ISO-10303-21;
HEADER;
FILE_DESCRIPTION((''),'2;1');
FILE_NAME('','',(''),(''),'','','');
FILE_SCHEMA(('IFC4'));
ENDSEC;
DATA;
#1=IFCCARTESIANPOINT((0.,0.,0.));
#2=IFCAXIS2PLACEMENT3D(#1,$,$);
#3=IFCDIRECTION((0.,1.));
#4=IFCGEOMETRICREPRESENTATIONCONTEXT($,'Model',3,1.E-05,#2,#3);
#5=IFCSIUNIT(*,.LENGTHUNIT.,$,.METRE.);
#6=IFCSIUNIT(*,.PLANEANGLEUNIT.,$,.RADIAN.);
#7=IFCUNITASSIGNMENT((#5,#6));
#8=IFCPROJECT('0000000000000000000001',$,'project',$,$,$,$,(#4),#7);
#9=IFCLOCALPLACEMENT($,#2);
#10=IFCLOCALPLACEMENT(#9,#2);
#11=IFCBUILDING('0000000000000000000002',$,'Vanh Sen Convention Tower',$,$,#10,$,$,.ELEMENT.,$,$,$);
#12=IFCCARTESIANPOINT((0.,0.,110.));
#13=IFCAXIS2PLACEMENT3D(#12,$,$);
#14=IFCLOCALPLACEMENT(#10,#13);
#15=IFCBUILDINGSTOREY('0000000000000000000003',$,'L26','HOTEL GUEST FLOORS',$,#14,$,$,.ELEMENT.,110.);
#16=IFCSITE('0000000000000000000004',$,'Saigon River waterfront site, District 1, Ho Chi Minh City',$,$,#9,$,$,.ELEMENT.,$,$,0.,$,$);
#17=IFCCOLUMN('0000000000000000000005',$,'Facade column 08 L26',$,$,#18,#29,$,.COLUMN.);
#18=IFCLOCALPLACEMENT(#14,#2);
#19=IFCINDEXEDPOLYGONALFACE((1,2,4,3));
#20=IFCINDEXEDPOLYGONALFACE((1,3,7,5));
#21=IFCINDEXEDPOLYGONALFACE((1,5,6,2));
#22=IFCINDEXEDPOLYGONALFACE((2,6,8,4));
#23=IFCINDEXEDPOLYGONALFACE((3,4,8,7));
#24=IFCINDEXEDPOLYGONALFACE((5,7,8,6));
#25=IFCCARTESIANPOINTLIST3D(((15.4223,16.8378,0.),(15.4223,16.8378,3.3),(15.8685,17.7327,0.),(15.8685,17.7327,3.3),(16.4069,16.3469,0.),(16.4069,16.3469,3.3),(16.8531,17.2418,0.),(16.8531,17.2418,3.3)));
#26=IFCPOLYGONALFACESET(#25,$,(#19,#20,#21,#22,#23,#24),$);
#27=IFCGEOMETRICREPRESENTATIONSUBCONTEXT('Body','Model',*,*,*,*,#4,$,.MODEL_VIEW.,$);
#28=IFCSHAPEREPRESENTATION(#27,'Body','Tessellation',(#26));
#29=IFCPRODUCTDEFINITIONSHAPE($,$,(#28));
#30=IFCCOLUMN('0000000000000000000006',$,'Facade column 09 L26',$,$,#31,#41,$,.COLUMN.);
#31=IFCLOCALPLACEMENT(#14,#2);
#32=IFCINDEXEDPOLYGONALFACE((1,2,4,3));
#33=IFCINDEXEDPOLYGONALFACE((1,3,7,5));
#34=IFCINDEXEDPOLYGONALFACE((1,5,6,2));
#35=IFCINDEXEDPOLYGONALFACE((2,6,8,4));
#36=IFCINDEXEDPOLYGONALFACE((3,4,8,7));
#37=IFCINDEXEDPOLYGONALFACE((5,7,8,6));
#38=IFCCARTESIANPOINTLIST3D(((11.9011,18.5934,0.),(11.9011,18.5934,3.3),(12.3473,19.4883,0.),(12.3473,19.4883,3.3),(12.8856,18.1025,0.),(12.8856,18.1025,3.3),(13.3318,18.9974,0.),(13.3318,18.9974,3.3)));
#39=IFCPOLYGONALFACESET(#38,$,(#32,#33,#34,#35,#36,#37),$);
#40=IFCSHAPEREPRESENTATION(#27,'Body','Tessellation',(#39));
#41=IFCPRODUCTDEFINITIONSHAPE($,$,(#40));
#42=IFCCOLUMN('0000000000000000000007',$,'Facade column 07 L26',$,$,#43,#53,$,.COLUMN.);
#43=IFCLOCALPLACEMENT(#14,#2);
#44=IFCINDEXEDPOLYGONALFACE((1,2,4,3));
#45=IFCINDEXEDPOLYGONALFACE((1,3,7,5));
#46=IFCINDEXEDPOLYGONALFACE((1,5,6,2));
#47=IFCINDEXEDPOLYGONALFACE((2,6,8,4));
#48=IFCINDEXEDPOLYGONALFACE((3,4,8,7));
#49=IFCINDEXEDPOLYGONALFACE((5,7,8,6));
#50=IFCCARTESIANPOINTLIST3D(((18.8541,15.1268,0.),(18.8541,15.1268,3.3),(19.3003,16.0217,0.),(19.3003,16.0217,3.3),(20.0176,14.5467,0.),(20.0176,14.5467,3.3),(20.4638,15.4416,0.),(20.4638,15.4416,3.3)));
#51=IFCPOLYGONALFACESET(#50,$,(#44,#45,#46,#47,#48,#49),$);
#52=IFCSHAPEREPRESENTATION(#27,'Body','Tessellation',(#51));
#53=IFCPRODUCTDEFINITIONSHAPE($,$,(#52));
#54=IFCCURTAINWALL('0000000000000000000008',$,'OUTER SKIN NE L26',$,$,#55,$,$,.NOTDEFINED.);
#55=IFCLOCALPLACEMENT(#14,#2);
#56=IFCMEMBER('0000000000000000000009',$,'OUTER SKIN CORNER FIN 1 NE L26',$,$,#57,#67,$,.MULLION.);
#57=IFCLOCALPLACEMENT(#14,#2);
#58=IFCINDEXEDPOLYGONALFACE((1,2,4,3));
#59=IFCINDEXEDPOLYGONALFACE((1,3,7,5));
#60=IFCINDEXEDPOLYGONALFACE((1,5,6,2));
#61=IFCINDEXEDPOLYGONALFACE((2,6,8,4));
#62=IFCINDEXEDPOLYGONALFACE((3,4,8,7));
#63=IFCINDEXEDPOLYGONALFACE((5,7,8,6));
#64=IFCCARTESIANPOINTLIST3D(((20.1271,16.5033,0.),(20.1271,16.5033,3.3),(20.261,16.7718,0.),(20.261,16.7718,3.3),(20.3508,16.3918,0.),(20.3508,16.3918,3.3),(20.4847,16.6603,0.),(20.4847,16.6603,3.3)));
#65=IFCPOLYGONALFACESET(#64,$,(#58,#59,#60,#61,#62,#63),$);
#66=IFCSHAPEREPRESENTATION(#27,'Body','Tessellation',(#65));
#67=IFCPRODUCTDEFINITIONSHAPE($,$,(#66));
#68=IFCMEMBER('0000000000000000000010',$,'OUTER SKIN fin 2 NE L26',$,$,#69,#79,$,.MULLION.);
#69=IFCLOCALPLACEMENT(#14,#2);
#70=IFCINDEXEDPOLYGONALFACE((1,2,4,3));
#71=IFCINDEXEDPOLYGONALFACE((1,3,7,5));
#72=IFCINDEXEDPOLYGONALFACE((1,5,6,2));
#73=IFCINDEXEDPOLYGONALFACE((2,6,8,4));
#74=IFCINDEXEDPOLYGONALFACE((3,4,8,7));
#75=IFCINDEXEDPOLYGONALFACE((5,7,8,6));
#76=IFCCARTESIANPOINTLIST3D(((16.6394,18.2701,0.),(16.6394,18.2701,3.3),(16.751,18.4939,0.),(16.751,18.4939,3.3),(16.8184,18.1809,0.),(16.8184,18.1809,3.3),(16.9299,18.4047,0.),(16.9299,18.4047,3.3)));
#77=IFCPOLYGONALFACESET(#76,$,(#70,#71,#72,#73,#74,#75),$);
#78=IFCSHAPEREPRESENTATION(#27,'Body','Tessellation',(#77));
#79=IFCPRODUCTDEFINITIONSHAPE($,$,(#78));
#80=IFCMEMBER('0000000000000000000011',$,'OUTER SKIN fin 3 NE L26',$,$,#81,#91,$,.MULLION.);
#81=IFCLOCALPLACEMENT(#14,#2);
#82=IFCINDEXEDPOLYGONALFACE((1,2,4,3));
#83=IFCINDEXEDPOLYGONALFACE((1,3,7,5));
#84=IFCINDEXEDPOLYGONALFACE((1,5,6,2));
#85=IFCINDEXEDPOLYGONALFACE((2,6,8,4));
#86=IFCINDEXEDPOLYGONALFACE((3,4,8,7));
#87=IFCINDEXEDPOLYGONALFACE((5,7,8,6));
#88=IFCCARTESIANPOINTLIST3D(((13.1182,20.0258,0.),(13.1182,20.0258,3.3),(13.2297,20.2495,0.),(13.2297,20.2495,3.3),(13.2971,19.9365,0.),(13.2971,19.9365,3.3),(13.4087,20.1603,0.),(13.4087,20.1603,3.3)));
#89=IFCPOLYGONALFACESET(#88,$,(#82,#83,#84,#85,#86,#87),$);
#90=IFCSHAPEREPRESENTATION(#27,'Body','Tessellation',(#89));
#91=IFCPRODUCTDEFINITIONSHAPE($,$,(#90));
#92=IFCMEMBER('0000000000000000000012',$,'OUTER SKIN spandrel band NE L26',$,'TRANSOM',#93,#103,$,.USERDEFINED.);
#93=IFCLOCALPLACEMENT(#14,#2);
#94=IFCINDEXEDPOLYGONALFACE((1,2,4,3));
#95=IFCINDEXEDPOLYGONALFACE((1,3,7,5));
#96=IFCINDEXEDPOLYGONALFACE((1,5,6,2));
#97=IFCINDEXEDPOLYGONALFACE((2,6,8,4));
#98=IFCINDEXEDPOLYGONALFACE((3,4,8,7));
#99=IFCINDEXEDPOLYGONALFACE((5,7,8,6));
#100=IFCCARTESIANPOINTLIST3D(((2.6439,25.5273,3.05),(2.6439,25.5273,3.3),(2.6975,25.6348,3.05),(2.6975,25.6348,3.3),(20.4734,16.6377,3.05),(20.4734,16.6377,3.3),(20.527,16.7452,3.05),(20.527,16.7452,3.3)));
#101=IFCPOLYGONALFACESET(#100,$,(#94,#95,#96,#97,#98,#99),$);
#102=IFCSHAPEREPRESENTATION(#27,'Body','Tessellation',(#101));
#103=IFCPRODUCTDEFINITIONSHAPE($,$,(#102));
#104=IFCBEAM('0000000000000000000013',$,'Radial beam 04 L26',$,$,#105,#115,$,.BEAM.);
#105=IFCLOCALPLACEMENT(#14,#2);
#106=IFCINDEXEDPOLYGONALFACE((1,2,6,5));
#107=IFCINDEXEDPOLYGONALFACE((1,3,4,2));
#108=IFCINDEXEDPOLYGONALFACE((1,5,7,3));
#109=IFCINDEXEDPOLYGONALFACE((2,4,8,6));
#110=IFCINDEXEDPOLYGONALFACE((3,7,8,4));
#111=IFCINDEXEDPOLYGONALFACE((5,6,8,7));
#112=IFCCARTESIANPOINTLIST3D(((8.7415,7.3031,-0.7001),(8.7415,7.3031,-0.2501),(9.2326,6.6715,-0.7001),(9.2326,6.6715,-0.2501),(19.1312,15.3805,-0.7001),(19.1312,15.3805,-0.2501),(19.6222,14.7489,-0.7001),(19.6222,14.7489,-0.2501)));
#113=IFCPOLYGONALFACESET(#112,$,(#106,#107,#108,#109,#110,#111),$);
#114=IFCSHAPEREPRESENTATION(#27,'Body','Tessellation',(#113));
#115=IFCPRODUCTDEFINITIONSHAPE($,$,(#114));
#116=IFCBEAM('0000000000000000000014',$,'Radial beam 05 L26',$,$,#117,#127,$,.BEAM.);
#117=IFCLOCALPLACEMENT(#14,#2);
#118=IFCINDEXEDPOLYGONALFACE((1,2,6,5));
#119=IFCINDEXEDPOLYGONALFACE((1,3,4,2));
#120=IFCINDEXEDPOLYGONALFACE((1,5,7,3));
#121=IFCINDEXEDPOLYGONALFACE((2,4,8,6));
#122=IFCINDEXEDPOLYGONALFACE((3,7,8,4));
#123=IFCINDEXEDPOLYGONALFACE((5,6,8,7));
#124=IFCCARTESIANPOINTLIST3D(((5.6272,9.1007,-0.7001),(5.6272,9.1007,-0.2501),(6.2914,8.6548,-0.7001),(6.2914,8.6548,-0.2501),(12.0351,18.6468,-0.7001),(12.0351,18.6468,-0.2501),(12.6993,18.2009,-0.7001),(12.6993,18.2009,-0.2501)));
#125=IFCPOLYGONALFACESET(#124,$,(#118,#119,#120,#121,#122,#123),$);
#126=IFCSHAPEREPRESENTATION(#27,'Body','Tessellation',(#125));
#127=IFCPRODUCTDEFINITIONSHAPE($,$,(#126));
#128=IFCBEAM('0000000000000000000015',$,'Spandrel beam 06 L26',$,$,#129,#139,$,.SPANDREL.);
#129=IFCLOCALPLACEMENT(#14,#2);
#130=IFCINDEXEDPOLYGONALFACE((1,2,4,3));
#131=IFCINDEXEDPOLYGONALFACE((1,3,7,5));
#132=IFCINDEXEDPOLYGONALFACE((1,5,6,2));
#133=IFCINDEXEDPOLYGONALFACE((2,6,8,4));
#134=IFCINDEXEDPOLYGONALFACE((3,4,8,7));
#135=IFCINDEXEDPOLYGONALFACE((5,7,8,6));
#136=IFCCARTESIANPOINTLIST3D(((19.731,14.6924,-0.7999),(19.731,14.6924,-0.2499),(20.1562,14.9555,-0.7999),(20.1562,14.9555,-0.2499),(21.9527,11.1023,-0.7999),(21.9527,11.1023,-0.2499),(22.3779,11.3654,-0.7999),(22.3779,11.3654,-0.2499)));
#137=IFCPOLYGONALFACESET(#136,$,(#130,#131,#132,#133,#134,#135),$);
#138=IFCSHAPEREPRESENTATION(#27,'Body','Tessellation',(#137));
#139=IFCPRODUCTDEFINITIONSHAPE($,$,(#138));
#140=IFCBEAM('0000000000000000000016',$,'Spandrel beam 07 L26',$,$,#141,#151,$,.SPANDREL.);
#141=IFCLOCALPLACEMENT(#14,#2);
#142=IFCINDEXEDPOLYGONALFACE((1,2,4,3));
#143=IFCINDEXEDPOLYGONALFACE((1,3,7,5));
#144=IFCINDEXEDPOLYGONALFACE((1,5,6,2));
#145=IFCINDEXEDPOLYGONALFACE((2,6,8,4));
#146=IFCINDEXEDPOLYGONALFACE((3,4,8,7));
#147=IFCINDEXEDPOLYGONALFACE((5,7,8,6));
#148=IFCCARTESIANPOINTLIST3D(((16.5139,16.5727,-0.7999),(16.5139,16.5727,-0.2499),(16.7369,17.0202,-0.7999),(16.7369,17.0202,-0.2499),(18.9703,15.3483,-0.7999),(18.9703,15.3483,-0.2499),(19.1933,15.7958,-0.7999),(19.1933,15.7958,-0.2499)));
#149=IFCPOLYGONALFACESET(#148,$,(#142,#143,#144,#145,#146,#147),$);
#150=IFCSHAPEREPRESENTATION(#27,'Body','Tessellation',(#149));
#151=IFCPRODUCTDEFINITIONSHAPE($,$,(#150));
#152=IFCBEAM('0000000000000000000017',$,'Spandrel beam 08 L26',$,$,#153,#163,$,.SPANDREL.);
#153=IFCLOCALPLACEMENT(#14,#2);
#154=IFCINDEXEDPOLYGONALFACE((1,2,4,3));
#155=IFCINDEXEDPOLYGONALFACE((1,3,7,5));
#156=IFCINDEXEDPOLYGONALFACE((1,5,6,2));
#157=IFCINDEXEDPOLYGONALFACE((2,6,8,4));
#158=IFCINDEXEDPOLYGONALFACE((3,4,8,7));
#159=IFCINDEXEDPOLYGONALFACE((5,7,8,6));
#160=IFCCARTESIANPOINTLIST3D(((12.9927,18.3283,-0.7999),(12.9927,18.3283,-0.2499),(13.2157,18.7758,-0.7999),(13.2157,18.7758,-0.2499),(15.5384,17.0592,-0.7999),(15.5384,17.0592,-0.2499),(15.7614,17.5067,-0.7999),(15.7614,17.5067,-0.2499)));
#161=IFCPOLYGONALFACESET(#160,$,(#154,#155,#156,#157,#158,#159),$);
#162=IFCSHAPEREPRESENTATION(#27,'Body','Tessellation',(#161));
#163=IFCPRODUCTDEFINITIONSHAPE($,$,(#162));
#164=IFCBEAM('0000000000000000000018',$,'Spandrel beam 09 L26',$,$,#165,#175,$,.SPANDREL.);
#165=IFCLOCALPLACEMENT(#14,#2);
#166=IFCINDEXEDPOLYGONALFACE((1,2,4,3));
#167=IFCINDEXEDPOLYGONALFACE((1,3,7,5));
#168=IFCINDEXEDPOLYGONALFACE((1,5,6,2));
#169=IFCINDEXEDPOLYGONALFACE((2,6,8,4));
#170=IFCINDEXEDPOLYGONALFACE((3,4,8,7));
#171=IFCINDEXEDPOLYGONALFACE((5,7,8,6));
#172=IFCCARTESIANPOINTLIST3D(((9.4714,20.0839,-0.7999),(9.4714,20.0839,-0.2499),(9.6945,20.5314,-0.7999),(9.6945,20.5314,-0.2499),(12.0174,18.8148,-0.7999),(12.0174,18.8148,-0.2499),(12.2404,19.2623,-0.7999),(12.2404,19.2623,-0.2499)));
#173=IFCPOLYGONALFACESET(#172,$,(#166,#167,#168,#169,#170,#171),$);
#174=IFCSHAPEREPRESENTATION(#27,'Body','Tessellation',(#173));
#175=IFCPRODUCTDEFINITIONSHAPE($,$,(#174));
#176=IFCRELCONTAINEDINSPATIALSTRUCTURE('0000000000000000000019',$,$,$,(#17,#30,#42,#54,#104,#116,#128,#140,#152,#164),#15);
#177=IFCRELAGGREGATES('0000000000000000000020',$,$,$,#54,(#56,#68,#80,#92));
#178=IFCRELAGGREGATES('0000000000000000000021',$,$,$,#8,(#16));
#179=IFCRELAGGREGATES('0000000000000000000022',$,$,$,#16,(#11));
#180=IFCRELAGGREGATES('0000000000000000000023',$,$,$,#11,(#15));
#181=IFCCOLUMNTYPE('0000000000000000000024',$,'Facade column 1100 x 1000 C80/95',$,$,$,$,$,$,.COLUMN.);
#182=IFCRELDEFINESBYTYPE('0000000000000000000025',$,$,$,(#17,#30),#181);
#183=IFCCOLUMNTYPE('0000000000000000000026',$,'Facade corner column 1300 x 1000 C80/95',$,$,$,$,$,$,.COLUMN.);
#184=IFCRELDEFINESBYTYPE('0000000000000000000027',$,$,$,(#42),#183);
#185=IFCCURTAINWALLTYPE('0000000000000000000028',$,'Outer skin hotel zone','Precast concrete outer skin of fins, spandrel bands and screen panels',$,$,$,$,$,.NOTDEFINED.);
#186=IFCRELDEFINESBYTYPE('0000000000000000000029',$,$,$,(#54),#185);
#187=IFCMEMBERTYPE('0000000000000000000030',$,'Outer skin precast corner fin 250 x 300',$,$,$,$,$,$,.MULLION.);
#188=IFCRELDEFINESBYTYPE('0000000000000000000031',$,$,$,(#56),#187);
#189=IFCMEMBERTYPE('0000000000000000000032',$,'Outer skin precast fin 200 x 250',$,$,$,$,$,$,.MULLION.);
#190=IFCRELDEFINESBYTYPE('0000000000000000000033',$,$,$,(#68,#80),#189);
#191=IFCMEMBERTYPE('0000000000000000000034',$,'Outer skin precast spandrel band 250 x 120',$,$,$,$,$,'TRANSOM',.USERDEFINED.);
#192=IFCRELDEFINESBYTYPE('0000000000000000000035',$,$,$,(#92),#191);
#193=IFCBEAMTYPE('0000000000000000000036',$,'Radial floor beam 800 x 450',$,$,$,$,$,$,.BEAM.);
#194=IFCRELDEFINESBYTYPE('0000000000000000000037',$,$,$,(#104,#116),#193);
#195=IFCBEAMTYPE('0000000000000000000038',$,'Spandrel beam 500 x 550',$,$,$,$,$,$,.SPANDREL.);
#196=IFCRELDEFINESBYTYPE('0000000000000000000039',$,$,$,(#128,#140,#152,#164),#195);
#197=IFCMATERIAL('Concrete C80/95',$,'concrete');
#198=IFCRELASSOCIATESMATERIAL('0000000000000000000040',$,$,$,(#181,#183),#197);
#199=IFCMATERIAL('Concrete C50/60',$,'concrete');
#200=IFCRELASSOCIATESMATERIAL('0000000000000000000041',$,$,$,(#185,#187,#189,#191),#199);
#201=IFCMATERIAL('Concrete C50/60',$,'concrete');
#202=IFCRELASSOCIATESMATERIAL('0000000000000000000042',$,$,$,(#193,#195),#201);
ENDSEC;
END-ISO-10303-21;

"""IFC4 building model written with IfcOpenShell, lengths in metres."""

from ifc_helpers import new_model, si_unit, direction, frame, origin, origin_2d, place, context, subcontext, project, spatial, rectangle, extrude, material, material_profile, profile_set, type_object, element, aggregate, save


model = new_model("IFC4")

# Units and contexts
model_context = context("Model", 3, precision=1e-05, world=origin(), true_north=direction((0.0, 1.0)))
body_context = subcontext(model_context, "Body", "Model", "MODEL_VIEW")
ifc_project = project(units=[si_unit("LENGTHUNIT", "METRE"), si_unit("PLANEANGLEUNIT", "RADIAN")], contexts=[model_context])

# Site, building, storey
site_placement = place(None, origin())
site = spatial("IfcSite", under=ifc_project, at=site_placement, Name="Saigon River waterfront site, District 1, Ho Chi Minh City", CompositionType="ELEMENT", RefElevation=0.0)
building_placement = place(site_placement, origin())
building = spatial("IfcBuilding", under=site, at=building_placement, Name="Vanh Sen Convention Tower", CompositionType="ELEMENT")
storey_placement = place(building_placement, frame((0.0, 0.0, 110.0)))
storey = spatial("IfcBuildingStorey", under=building, at=storey_placement, Name="L26", Description="HOTEL GUEST FLOORS", CompositionType="ELEMENT", Elevation=110.0)

# Columns
ifc_material_1 = material(Name="Concrete C80/95", Category="concrete")
ifc_material_profile_1 = material_profile(ifc_material_1, rectangle(XDim=1.1001, YDim=1.0, at=origin_2d()), Name="RC 1100X1000")
ifc_profile_set_1 = profile_set([ifc_material_profile_1], Name="Concrete C80/95")
column_type_1 = type_object("IfcColumnType", Name="Facade column 1100 x 1000 C80/95", PredefinedType="COLUMN", material=ifc_profile_set_1)
for number, where, z_axis, x_axis, name in (
    (1, (16.1377, 17.0398, 0.0), (0.0, 0.0, 1.0), (-0.894934, 0.446198, 0.0), "Facade column 08 L26"),
    (2, (12.6165, 18.7954, 0.0), (0.0, 0.0, 1.0), (-0.894934, 0.446198, 0.0), "Facade column 09 L26"),
):
    element("IfcColumn", number, at=place(storey_placement, frame(where, z_axis=z_axis, x_axis=x_axis)), inside=storey, type_object=column_type_1, Name=name, PredefinedType="COLUMN", context=body_context, shape_type="SweptSolid", body=[
        extrude(rectangle(XDim=1.1001, YDim=1.0, at=origin_2d()), origin(), (0.0, 0.0, 1.0), 3.3),
    ])
ifc_material_profile_2 = material_profile(ifc_material_1, rectangle(XDim=1.3, YDim=1.0, at=origin_2d()), Name="RC 1300X1000")
ifc_profile_set_2 = profile_set([ifc_material_profile_2], Name="Concrete C80/95")
column_type_2 = type_object("IfcColumnType", Name="Facade corner column 1300 x 1000 C80/95", PredefinedType="COLUMN", material=ifc_profile_set_2)
column_placement = place(storey_placement, frame((19.6589, 15.2842, 0.0), z_axis=(0.0, 0.0, 1.0), x_axis=(-0.894934, 0.446198, 0.0)))
element("IfcColumn", 3, at=column_placement, inside=storey, type_object=column_type_2, Name="Facade column 07 L26", PredefinedType="COLUMN", context=body_context, shape_type="SweptSolid", body=[
    extrude(rectangle(XDim=1.3, YDim=1.0, at=origin_2d()), origin(), (0.0, 0.0, 1.0), 3.3),
])

# Curtain wall, members
ifc_material_2 = material(Name="Concrete C50/60", Category="concrete")
curtain_wall_type = type_object("IfcCurtainWallType", Name="Outer skin hotel zone", Description="Precast concrete outer skin of fins, spandrel bands and screen panels", PredefinedType="NOTDEFINED", material=ifc_material_2)
curtain_wall_1_placement = place(storey_placement, origin())
curtain_wall_1 = element("IfcCurtainWall", 4, at=curtain_wall_1_placement, inside=storey, type_object=curtain_wall_type, Name="OUTER SKIN NE L26", PredefinedType="NOTDEFINED")
ifc_material_profile_3 = material_profile(ifc_material_2, rectangle(XDim=0.25, YDim=0.3, at=origin_2d()), Name="Outer skin precast corner fin 250 x 300")
ifc_profile_set_3 = profile_set([ifc_material_profile_3], Name="Concrete C50/60")
member_type_1 = type_object("IfcMemberType", Name="Outer skin precast corner fin 250 x 300", PredefinedType="MULLION", material=ifc_profile_set_3)
member_1_placement = place(storey_placement, frame((20.3059, 16.5818, 0.0), z_axis=(0.0, 0.0, 1.0), x_axis=(-0.894934, 0.446198, 0.0)))
member_1 = element("IfcMember", 5, at=member_1_placement, type_object=member_type_1, Name="OUTER SKIN CORNER FIN 1 NE L26", PredefinedType="MULLION", context=body_context, shape_type="SweptSolid", body=[
    extrude(rectangle(XDim=0.25, YDim=0.3, at=origin_2d()), origin(), (0.0, 0.0, 1.0), 3.3),
])
ifc_material_profile_4 = material_profile(ifc_material_2, rectangle(XDim=0.2, YDim=0.25, at=origin_2d()), Name="Outer skin precast fin 200 x 250")
ifc_profile_set_4 = profile_set([ifc_material_profile_4], Name="Concrete C50/60")
member_type_2 = type_object("IfcMemberType", Name="Outer skin precast fin 200 x 250", PredefinedType="MULLION", material=ifc_profile_set_4)
member_2_placement = place(storey_placement, frame((16.7847, 18.3374, 0.0), z_axis=(0.0, 0.0, 1.0), x_axis=(-0.894934, 0.446198, 0.0)))
member_2 = element("IfcMember", 6, at=member_2_placement, type_object=member_type_2, Name="OUTER SKIN fin 2 NE L26", PredefinedType="MULLION", context=body_context, shape_type="SweptSolid", body=[
    extrude(rectangle(XDim=0.2, YDim=0.25, at=origin_2d()), origin(), (0.0, 0.0, 1.0), 3.3),
])
member_3_placement = place(storey_placement, frame((13.2634, 20.093, 0.0), z_axis=(0.0, 0.0, 1.0), x_axis=(-0.894934, 0.446198, 0.0)))
member_3 = element("IfcMember", 7, at=member_3_placement, type_object=member_type_2, Name="OUTER SKIN fin 3 NE L26", PredefinedType="MULLION", context=body_context, shape_type="SweptSolid", body=[
    extrude(rectangle(XDim=0.2, YDim=0.25, at=origin_2d()), origin(), (0.0, 0.0, 1.0), 3.3),
])
ifc_material_profile_5 = material_profile(ifc_material_2, rectangle(XDim=0.1201, YDim=0.25, at=origin_2d()), Name="Outer skin precast spandrel band 250 x 120")
ifc_profile_set_5 = profile_set([ifc_material_profile_5], Name="Concrete C50/60")
member_type_3 = type_object("IfcMemberType", Name="Outer skin precast spandrel band 250 x 120", ElementType="TRANSOM", PredefinedType="USERDEFINED", material=ifc_profile_set_5)
member_4_placement = place(storey_placement, frame((20.5002, 16.6914, 3.175), z_axis=(-0.894931, 0.446204, 0.0), x_axis=(-0.446204, -0.894931, 0.0)))
member_4 = element("IfcMember", 8, at=member_4_placement, type_object=member_type_3, Name="OUTER SKIN spandrel band NE L26", ObjectType="TRANSOM", PredefinedType="USERDEFINED", context=body_context, shape_type="SweptSolid", body=[
    extrude(rectangle(XDim=0.1201, YDim=0.25, at=origin_2d()), origin(), (0.0, 0.0, 1.0), 19.9229),
])

# Beams
ifc_material_3 = material(Name="Concrete C50/60", Category="concrete")
ifc_material_profile_6 = material_profile(ifc_material_3, rectangle(XDim=0.8, YDim=0.45, at=origin_2d()), Name="RC 800X450")
ifc_profile_set_6 = profile_set([ifc_material_profile_6], Name="Concrete C50/60")
beam_type_1 = type_object("IfcBeamType", Name="Radial floor beam 800 x 450", PredefinedType="BEAM", material=ifc_profile_set_6)
beam_1_placement = place(storey_placement, frame((19.3767, 15.0647, -0.4751), z_axis=(-0.789479, -0.613777, 0.0), x_axis=(0.613777, -0.789479, 0.0)))
element("IfcBeam", 9, at=beam_1_placement, inside=storey, type_object=beam_type_1, Name="Radial beam 04 L26", PredefinedType="BEAM", context=body_context, shape_type="SweptSolid", body=[
    extrude(rectangle(XDim=0.8, YDim=0.45, at=origin_2d()), origin(), (0.0, 0.0, 1.0), 13.1602),
])
beam_2_placement = place(storey_placement, frame((12.3672, 18.4238, -0.4751), z_axis=(-0.557339, -0.830285, 0.0), x_axis=(0.830285, -0.557339, 0.0)))
element("IfcBeam", 10, at=beam_2_placement, inside=storey, type_object=beam_type_1, Name="Radial beam 05 L26", PredefinedType="BEAM", context=body_context, shape_type="SweptSolid", body=[
    extrude(rectangle(XDim=0.8, YDim=0.45, at=origin_2d()), origin(), (0.0, 0.0, 1.0), 11.4973),
])
ifc_material_profile_7 = material_profile(ifc_material_3, rectangle(XDim=0.5, YDim=0.55, at=origin_2d()), Name="RC 500X550")
ifc_profile_set_7 = profile_set([ifc_material_profile_7], Name="Concrete C50/60")
beam_type_2 = type_object("IfcBeamType", Name="Spandrel beam 500 x 550", PredefinedType="SPANDREL", material=ifc_profile_set_7)
beam_3_placement = place(storey_placement, frame((22.1653, 11.2339, -0.5249), z_axis=(-0.526225, 0.850345, 0.0), x_axis=(-0.850345, -0.526225, 0.0)))
element("IfcBeam", 11, at=beam_3_placement, inside=storey, type_object=beam_type_2, Name="Spandrel beam 06 L26", PredefinedType="SPANDREL", context=body_context, shape_type="SweptSolid", body=[
    extrude(rectangle(XDim=0.5, YDim=0.55, at=origin_2d()), origin(), (0.0, 0.0, 1.0), 4.2219),
])
beam_4_placement = place(storey_placement, frame((19.0818, 15.572, -0.5249), z_axis=(-0.894978, 0.44611, 0.0), x_axis=(-0.44611, -0.894978, 0.0)))
element("IfcBeam", 12, at=beam_4_placement, inside=storey, type_object=beam_type_2, Name="Spandrel beam 07 L26", PredefinedType="SPANDREL", context=body_context, shape_type="SweptSolid", body=[
    extrude(rectangle(XDim=0.5, YDim=0.55, at=origin_2d()), origin(), (0.0, 0.0, 1.0), 2.7446),
])
beam_5_placement = place(storey_placement, frame((15.6499, 17.283, -0.5249), z_axis=(-0.894959, 0.446149, 0.0), x_axis=(-0.446149, -0.894959, 0.0)))
element("IfcBeam", 13, at=beam_5_placement, inside=storey, type_object=beam_type_2, Name="Spandrel beam 08 L26", PredefinedType="SPANDREL", context=body_context, shape_type="SweptSolid", body=[
    extrude(rectangle(XDim=0.5, YDim=0.55, at=origin_2d()), origin(), (0.0, 0.0, 1.0), 2.8445),
])
beam_6_placement = place(storey_placement, frame((12.1289, 19.0386, -0.5249), z_axis=(-0.894976, 0.446115, 0.0), x_axis=(-0.446115, -0.894976, 0.0)))
element("IfcBeam", 14, at=beam_6_placement, inside=storey, type_object=beam_type_2, Name="Spandrel beam 09 L26", PredefinedType="SPANDREL", context=body_context, shape_type="SweptSolid", body=[
    extrude(rectangle(XDim=0.5, YDim=0.55, at=origin_2d()), origin(), (0.0, 0.0, 1.0), 2.8447),
])

aggregate(curtain_wall_1, [member_1, member_2, member_3, member_4])

save(model, "model.ifc")
